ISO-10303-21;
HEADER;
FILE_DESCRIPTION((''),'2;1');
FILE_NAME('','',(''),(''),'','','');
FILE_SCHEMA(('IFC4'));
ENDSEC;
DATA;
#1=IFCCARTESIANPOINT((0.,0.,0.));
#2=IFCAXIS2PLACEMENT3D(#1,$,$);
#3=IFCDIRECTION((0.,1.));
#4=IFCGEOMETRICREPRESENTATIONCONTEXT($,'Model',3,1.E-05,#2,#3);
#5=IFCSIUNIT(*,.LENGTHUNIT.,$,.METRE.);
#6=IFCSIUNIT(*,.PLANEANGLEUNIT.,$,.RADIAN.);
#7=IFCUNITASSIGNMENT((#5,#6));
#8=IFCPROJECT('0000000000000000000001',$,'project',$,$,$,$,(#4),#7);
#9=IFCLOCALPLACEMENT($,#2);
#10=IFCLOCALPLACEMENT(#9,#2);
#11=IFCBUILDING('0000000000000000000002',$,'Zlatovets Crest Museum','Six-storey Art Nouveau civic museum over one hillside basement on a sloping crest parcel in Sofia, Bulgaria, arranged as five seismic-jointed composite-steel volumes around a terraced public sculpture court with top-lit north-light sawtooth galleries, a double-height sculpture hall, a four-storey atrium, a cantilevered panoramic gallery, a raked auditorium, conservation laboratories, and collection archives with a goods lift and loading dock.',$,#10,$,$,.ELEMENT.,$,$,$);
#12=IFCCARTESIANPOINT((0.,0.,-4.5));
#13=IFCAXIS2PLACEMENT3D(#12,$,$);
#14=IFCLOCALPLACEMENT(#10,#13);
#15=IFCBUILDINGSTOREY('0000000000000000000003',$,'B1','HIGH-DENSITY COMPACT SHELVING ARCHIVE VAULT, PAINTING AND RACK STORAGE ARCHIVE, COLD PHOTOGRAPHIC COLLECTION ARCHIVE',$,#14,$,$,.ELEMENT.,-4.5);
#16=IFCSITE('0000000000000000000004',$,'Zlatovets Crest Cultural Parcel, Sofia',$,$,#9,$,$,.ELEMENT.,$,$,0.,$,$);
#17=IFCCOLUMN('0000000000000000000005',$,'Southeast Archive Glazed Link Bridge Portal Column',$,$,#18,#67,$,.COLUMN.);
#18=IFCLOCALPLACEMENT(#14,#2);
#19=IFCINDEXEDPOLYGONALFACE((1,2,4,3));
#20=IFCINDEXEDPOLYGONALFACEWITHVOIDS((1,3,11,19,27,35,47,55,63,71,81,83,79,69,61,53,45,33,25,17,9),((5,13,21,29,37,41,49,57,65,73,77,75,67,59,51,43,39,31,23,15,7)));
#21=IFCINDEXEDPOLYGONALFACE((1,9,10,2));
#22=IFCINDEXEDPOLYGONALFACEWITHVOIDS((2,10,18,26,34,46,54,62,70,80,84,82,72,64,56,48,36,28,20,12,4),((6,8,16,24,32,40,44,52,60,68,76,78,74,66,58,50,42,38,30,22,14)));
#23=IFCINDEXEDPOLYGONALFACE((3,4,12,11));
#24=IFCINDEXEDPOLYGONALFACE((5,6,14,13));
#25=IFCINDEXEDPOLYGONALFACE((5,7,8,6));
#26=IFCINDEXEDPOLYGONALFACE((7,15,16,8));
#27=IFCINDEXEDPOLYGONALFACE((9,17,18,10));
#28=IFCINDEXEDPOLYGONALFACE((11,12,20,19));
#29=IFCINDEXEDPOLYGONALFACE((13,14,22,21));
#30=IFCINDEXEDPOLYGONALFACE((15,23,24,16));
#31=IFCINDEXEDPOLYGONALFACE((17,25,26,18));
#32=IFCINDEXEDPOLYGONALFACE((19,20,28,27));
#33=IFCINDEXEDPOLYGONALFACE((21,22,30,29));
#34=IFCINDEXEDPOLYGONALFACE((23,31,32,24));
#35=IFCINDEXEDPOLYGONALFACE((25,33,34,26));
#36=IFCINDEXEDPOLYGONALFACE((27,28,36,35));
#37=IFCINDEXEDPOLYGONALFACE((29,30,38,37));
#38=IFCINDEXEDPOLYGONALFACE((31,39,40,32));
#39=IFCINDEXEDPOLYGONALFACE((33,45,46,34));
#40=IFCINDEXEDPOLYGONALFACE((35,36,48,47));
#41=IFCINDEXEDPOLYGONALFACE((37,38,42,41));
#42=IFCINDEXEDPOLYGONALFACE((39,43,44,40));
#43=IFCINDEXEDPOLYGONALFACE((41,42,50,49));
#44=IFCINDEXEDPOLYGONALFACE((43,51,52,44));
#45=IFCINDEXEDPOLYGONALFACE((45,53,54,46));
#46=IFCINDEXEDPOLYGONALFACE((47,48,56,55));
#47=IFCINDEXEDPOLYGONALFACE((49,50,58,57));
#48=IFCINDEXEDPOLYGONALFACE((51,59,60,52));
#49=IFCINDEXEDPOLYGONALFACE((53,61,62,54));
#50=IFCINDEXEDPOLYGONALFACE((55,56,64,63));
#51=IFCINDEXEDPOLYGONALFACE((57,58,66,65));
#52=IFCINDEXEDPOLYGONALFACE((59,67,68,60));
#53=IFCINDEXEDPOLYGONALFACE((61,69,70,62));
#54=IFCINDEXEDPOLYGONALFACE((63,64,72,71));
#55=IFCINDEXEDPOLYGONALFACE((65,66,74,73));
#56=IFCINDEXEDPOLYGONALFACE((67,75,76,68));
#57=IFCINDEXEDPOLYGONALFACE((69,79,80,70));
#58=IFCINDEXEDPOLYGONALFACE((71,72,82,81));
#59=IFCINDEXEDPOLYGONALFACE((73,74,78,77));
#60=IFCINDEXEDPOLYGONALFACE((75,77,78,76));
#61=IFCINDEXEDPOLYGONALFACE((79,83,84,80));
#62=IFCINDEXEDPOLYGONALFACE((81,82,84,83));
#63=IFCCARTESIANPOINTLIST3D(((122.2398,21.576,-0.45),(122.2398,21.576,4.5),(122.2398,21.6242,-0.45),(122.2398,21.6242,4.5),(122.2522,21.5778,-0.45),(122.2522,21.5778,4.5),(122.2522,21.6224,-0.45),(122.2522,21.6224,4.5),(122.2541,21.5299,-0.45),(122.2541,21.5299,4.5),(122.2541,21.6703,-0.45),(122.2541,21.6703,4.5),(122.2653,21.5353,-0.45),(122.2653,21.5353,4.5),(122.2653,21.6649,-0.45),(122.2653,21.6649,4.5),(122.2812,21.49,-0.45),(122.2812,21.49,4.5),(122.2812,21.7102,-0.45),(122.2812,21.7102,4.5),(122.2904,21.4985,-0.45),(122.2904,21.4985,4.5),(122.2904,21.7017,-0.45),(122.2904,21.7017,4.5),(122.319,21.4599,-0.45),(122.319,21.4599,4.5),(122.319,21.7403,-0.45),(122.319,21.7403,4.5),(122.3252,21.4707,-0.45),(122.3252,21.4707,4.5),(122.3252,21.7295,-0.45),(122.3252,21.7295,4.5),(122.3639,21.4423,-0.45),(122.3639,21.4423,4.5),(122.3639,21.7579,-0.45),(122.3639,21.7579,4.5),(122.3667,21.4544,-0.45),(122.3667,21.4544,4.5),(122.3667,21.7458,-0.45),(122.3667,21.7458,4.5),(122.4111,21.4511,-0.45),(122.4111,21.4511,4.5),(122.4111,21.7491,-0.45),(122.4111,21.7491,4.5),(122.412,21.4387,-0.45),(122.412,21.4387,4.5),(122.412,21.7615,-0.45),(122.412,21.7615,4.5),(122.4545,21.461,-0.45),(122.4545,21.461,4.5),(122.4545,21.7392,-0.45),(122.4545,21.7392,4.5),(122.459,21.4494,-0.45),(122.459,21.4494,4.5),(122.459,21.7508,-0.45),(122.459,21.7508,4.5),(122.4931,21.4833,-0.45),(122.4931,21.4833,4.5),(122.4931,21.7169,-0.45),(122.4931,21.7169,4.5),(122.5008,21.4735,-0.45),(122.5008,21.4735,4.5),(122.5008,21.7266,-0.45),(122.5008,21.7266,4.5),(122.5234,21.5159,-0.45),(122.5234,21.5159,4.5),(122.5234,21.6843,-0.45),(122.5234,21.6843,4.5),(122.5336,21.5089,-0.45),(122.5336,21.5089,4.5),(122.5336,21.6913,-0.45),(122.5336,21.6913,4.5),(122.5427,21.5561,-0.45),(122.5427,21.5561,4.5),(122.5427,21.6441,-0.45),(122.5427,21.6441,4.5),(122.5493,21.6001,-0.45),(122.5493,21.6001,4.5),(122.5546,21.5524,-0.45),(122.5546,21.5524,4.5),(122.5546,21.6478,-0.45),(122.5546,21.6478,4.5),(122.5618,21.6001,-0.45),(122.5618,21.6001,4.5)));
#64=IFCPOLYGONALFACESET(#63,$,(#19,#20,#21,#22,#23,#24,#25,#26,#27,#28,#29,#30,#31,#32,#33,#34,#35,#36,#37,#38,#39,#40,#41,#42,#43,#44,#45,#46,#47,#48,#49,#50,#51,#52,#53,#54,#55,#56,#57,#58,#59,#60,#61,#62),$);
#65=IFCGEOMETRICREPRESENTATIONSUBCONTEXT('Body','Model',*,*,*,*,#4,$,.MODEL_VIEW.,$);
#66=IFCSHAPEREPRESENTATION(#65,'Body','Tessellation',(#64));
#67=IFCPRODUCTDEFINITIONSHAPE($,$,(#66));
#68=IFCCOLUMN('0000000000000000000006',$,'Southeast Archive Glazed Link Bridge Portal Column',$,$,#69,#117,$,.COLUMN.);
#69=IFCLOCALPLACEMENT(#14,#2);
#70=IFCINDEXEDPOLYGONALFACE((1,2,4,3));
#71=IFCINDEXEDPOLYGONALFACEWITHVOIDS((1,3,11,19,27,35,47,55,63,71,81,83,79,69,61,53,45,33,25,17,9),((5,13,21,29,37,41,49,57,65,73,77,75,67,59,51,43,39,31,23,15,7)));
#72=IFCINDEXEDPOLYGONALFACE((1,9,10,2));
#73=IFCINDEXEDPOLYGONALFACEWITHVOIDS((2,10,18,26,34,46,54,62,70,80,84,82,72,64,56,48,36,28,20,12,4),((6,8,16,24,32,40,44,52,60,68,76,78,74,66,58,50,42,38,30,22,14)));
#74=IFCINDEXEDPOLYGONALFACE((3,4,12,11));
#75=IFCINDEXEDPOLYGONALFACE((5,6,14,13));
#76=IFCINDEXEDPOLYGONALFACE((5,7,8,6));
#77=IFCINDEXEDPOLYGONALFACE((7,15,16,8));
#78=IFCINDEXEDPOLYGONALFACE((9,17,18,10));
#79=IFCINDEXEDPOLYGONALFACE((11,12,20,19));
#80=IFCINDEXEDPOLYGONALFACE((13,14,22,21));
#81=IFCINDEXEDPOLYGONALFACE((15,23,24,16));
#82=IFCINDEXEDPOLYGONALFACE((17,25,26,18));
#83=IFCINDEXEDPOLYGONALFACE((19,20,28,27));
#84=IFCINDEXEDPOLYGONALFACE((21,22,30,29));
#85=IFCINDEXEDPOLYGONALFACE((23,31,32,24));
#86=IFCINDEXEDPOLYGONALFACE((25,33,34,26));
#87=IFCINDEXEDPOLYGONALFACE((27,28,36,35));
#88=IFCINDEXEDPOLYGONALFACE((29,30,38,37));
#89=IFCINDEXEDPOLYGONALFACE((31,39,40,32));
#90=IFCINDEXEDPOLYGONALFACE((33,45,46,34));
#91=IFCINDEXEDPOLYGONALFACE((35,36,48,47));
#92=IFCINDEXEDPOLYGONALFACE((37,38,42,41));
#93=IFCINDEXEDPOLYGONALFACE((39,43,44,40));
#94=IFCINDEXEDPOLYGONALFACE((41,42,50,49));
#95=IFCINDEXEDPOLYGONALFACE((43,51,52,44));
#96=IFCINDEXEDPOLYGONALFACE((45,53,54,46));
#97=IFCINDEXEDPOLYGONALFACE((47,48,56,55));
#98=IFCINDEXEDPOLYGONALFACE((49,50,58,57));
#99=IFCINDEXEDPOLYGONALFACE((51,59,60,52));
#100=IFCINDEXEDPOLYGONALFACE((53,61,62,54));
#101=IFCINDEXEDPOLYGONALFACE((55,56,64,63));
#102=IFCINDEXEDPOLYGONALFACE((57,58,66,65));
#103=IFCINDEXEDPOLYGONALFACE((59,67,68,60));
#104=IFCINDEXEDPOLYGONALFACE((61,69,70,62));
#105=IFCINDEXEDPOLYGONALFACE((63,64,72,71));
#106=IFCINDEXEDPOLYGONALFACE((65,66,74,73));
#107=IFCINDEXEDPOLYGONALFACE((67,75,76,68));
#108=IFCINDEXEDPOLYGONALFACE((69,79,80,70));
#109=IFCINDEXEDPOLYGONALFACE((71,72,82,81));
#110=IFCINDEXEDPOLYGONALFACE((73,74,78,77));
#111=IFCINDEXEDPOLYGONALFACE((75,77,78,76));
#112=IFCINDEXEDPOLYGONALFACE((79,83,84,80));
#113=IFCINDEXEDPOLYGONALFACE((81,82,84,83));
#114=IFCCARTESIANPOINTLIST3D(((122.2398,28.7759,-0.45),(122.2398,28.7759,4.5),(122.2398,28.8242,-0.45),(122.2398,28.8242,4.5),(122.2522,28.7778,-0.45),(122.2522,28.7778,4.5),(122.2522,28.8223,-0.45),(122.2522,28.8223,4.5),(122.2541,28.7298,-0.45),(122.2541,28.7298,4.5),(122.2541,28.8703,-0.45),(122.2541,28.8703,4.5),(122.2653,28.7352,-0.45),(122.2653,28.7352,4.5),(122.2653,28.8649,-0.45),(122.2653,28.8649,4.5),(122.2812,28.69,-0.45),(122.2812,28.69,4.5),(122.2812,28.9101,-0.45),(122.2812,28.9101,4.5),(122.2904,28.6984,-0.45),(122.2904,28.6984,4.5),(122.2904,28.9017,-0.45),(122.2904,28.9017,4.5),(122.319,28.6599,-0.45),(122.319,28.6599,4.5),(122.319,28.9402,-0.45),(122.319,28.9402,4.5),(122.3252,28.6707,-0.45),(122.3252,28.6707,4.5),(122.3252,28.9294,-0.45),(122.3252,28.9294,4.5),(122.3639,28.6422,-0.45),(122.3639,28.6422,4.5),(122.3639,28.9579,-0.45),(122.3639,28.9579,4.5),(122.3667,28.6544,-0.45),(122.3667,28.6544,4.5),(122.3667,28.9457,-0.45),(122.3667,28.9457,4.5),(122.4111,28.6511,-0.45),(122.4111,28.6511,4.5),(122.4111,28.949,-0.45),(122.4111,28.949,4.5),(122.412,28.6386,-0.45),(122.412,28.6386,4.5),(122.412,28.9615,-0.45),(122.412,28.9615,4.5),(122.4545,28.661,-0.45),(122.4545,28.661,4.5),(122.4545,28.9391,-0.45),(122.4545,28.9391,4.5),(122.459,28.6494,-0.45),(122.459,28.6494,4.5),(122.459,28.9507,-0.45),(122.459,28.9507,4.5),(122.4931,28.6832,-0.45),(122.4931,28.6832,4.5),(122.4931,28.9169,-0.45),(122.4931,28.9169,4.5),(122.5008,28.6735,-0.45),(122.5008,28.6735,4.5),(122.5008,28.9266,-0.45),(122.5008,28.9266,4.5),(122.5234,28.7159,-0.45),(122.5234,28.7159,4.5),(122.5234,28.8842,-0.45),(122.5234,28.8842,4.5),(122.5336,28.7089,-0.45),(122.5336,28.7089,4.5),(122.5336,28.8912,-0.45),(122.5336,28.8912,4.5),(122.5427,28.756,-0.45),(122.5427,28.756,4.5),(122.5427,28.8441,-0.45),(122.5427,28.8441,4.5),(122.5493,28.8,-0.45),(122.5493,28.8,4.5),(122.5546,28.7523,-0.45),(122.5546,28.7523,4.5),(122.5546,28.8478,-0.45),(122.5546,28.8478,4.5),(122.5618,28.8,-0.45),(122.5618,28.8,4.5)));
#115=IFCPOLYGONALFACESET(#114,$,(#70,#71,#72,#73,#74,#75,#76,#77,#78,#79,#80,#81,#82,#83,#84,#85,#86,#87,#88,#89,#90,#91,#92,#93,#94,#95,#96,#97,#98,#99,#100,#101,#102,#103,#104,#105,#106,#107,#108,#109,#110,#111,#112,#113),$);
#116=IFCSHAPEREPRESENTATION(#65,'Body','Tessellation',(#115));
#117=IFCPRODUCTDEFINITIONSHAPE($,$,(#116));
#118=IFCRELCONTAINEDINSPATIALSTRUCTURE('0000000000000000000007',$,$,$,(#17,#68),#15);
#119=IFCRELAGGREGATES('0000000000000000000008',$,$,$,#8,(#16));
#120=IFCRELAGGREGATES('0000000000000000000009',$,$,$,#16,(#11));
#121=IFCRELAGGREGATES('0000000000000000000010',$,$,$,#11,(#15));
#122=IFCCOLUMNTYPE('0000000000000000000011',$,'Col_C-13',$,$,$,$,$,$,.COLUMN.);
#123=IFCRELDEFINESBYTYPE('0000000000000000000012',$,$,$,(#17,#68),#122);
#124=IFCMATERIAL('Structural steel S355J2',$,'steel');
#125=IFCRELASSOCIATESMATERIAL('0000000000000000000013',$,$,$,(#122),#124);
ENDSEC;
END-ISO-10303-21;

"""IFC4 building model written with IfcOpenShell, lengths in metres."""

from ifc_helpers import new_model, si_unit, direction, frame, origin, origin_2d, place, context, subcontext, project, spatial, hollow_circle, extrude, material, material_profile, profile_set, type_object, element, save


model = new_model("IFC4")

# Units and contexts
model_context = context("Model", 3, precision=1e-05, world=origin(), true_north=direction((0.0, 1.0)))
body_context = subcontext(model_context, "Body", "Model", "MODEL_VIEW")
ifc_project = project(units=[si_unit("LENGTHUNIT", "METRE"), si_unit("PLANEANGLEUNIT", "RADIAN")], contexts=[model_context])

# Site, building, storey
site_placement = place(None, origin())
site = spatial("IfcSite", under=ifc_project, at=site_placement, Name="Zlatovets Crest Cultural Parcel, Sofia", CompositionType="ELEMENT", RefElevation=0.0)
building_placement = place(site_placement, origin())
building = spatial("IfcBuilding", under=site, at=building_placement, Name="Zlatovets Crest Museum", Description="Six-storey Art Nouveau civic museum over one hillside basement on a sloping crest parcel in Sofia, Bulgaria, arranged as five seismic-jointed composite-steel volumes around a terraced public sculpture court with top-lit north-light sawtooth galleries, a double-height sculpture hall, a four-storey atrium, a cantilevered panoramic gallery, a raked auditorium, conservation laboratories, and collection archives with a goods lift and loading dock.", CompositionType="ELEMENT")
storey_placement = place(building_placement, frame((0.0, 0.0, -4.5)))
storey = spatial("IfcBuildingStorey", under=building, at=storey_placement, Name="B1", Description="HIGH-DENSITY COMPACT SHELVING ARCHIVE VAULT, PAINTING AND RACK STORAGE ARCHIVE, COLD PHOTOGRAPHIC COLLECTION ARCHIVE", CompositionType="ELEMENT", Elevation=-4.5)

# Columns
ifc_material_1 = material(Name="Structural steel S355J2", Category="steel")
ifc_material_profile_1 = material_profile(ifc_material_1, hollow_circle(Radius=0.1619, WallThickness=0.0125, at=origin_2d()), Name="CHS 323.9x12.5")
ifc_profile_set_1 = profile_set([ifc_material_profile_1], Name="Structural steel S355J2")
column_type = type_object("IfcColumnType", Name="Col_C-13", PredefinedType="COLUMN", material=ifc_profile_set_1)
for number, where, z_axis, x_axis, name in (
    (1, (122.3999, 21.6001, -0.45), (0.0, 0.0, 1.0), (1.0, 0.0, 0.0), "Southeast Archive Glazed Link Bridge Portal Column"),
    (2, (122.3999, 28.8, -0.45), (0.0, 0.0, 1.0), (1.0, 0.0, 0.0), "Southeast Archive Glazed Link Bridge Portal Column"),
):
    element("IfcColumn", number, at=place(storey_placement, frame(where, z_axis=z_axis, x_axis=x_axis)), inside=storey, type_object=column_type, Name=name, PredefinedType="COLUMN", context=body_context, shape_type="SweptSolid", body=[
        extrude(hollow_circle(Radius=0.1619, WallThickness=0.0125, at=origin_2d()), origin(), (0.0, 0.0, 1.0), 4.95),
    ])

save(model, "model.ifc")
